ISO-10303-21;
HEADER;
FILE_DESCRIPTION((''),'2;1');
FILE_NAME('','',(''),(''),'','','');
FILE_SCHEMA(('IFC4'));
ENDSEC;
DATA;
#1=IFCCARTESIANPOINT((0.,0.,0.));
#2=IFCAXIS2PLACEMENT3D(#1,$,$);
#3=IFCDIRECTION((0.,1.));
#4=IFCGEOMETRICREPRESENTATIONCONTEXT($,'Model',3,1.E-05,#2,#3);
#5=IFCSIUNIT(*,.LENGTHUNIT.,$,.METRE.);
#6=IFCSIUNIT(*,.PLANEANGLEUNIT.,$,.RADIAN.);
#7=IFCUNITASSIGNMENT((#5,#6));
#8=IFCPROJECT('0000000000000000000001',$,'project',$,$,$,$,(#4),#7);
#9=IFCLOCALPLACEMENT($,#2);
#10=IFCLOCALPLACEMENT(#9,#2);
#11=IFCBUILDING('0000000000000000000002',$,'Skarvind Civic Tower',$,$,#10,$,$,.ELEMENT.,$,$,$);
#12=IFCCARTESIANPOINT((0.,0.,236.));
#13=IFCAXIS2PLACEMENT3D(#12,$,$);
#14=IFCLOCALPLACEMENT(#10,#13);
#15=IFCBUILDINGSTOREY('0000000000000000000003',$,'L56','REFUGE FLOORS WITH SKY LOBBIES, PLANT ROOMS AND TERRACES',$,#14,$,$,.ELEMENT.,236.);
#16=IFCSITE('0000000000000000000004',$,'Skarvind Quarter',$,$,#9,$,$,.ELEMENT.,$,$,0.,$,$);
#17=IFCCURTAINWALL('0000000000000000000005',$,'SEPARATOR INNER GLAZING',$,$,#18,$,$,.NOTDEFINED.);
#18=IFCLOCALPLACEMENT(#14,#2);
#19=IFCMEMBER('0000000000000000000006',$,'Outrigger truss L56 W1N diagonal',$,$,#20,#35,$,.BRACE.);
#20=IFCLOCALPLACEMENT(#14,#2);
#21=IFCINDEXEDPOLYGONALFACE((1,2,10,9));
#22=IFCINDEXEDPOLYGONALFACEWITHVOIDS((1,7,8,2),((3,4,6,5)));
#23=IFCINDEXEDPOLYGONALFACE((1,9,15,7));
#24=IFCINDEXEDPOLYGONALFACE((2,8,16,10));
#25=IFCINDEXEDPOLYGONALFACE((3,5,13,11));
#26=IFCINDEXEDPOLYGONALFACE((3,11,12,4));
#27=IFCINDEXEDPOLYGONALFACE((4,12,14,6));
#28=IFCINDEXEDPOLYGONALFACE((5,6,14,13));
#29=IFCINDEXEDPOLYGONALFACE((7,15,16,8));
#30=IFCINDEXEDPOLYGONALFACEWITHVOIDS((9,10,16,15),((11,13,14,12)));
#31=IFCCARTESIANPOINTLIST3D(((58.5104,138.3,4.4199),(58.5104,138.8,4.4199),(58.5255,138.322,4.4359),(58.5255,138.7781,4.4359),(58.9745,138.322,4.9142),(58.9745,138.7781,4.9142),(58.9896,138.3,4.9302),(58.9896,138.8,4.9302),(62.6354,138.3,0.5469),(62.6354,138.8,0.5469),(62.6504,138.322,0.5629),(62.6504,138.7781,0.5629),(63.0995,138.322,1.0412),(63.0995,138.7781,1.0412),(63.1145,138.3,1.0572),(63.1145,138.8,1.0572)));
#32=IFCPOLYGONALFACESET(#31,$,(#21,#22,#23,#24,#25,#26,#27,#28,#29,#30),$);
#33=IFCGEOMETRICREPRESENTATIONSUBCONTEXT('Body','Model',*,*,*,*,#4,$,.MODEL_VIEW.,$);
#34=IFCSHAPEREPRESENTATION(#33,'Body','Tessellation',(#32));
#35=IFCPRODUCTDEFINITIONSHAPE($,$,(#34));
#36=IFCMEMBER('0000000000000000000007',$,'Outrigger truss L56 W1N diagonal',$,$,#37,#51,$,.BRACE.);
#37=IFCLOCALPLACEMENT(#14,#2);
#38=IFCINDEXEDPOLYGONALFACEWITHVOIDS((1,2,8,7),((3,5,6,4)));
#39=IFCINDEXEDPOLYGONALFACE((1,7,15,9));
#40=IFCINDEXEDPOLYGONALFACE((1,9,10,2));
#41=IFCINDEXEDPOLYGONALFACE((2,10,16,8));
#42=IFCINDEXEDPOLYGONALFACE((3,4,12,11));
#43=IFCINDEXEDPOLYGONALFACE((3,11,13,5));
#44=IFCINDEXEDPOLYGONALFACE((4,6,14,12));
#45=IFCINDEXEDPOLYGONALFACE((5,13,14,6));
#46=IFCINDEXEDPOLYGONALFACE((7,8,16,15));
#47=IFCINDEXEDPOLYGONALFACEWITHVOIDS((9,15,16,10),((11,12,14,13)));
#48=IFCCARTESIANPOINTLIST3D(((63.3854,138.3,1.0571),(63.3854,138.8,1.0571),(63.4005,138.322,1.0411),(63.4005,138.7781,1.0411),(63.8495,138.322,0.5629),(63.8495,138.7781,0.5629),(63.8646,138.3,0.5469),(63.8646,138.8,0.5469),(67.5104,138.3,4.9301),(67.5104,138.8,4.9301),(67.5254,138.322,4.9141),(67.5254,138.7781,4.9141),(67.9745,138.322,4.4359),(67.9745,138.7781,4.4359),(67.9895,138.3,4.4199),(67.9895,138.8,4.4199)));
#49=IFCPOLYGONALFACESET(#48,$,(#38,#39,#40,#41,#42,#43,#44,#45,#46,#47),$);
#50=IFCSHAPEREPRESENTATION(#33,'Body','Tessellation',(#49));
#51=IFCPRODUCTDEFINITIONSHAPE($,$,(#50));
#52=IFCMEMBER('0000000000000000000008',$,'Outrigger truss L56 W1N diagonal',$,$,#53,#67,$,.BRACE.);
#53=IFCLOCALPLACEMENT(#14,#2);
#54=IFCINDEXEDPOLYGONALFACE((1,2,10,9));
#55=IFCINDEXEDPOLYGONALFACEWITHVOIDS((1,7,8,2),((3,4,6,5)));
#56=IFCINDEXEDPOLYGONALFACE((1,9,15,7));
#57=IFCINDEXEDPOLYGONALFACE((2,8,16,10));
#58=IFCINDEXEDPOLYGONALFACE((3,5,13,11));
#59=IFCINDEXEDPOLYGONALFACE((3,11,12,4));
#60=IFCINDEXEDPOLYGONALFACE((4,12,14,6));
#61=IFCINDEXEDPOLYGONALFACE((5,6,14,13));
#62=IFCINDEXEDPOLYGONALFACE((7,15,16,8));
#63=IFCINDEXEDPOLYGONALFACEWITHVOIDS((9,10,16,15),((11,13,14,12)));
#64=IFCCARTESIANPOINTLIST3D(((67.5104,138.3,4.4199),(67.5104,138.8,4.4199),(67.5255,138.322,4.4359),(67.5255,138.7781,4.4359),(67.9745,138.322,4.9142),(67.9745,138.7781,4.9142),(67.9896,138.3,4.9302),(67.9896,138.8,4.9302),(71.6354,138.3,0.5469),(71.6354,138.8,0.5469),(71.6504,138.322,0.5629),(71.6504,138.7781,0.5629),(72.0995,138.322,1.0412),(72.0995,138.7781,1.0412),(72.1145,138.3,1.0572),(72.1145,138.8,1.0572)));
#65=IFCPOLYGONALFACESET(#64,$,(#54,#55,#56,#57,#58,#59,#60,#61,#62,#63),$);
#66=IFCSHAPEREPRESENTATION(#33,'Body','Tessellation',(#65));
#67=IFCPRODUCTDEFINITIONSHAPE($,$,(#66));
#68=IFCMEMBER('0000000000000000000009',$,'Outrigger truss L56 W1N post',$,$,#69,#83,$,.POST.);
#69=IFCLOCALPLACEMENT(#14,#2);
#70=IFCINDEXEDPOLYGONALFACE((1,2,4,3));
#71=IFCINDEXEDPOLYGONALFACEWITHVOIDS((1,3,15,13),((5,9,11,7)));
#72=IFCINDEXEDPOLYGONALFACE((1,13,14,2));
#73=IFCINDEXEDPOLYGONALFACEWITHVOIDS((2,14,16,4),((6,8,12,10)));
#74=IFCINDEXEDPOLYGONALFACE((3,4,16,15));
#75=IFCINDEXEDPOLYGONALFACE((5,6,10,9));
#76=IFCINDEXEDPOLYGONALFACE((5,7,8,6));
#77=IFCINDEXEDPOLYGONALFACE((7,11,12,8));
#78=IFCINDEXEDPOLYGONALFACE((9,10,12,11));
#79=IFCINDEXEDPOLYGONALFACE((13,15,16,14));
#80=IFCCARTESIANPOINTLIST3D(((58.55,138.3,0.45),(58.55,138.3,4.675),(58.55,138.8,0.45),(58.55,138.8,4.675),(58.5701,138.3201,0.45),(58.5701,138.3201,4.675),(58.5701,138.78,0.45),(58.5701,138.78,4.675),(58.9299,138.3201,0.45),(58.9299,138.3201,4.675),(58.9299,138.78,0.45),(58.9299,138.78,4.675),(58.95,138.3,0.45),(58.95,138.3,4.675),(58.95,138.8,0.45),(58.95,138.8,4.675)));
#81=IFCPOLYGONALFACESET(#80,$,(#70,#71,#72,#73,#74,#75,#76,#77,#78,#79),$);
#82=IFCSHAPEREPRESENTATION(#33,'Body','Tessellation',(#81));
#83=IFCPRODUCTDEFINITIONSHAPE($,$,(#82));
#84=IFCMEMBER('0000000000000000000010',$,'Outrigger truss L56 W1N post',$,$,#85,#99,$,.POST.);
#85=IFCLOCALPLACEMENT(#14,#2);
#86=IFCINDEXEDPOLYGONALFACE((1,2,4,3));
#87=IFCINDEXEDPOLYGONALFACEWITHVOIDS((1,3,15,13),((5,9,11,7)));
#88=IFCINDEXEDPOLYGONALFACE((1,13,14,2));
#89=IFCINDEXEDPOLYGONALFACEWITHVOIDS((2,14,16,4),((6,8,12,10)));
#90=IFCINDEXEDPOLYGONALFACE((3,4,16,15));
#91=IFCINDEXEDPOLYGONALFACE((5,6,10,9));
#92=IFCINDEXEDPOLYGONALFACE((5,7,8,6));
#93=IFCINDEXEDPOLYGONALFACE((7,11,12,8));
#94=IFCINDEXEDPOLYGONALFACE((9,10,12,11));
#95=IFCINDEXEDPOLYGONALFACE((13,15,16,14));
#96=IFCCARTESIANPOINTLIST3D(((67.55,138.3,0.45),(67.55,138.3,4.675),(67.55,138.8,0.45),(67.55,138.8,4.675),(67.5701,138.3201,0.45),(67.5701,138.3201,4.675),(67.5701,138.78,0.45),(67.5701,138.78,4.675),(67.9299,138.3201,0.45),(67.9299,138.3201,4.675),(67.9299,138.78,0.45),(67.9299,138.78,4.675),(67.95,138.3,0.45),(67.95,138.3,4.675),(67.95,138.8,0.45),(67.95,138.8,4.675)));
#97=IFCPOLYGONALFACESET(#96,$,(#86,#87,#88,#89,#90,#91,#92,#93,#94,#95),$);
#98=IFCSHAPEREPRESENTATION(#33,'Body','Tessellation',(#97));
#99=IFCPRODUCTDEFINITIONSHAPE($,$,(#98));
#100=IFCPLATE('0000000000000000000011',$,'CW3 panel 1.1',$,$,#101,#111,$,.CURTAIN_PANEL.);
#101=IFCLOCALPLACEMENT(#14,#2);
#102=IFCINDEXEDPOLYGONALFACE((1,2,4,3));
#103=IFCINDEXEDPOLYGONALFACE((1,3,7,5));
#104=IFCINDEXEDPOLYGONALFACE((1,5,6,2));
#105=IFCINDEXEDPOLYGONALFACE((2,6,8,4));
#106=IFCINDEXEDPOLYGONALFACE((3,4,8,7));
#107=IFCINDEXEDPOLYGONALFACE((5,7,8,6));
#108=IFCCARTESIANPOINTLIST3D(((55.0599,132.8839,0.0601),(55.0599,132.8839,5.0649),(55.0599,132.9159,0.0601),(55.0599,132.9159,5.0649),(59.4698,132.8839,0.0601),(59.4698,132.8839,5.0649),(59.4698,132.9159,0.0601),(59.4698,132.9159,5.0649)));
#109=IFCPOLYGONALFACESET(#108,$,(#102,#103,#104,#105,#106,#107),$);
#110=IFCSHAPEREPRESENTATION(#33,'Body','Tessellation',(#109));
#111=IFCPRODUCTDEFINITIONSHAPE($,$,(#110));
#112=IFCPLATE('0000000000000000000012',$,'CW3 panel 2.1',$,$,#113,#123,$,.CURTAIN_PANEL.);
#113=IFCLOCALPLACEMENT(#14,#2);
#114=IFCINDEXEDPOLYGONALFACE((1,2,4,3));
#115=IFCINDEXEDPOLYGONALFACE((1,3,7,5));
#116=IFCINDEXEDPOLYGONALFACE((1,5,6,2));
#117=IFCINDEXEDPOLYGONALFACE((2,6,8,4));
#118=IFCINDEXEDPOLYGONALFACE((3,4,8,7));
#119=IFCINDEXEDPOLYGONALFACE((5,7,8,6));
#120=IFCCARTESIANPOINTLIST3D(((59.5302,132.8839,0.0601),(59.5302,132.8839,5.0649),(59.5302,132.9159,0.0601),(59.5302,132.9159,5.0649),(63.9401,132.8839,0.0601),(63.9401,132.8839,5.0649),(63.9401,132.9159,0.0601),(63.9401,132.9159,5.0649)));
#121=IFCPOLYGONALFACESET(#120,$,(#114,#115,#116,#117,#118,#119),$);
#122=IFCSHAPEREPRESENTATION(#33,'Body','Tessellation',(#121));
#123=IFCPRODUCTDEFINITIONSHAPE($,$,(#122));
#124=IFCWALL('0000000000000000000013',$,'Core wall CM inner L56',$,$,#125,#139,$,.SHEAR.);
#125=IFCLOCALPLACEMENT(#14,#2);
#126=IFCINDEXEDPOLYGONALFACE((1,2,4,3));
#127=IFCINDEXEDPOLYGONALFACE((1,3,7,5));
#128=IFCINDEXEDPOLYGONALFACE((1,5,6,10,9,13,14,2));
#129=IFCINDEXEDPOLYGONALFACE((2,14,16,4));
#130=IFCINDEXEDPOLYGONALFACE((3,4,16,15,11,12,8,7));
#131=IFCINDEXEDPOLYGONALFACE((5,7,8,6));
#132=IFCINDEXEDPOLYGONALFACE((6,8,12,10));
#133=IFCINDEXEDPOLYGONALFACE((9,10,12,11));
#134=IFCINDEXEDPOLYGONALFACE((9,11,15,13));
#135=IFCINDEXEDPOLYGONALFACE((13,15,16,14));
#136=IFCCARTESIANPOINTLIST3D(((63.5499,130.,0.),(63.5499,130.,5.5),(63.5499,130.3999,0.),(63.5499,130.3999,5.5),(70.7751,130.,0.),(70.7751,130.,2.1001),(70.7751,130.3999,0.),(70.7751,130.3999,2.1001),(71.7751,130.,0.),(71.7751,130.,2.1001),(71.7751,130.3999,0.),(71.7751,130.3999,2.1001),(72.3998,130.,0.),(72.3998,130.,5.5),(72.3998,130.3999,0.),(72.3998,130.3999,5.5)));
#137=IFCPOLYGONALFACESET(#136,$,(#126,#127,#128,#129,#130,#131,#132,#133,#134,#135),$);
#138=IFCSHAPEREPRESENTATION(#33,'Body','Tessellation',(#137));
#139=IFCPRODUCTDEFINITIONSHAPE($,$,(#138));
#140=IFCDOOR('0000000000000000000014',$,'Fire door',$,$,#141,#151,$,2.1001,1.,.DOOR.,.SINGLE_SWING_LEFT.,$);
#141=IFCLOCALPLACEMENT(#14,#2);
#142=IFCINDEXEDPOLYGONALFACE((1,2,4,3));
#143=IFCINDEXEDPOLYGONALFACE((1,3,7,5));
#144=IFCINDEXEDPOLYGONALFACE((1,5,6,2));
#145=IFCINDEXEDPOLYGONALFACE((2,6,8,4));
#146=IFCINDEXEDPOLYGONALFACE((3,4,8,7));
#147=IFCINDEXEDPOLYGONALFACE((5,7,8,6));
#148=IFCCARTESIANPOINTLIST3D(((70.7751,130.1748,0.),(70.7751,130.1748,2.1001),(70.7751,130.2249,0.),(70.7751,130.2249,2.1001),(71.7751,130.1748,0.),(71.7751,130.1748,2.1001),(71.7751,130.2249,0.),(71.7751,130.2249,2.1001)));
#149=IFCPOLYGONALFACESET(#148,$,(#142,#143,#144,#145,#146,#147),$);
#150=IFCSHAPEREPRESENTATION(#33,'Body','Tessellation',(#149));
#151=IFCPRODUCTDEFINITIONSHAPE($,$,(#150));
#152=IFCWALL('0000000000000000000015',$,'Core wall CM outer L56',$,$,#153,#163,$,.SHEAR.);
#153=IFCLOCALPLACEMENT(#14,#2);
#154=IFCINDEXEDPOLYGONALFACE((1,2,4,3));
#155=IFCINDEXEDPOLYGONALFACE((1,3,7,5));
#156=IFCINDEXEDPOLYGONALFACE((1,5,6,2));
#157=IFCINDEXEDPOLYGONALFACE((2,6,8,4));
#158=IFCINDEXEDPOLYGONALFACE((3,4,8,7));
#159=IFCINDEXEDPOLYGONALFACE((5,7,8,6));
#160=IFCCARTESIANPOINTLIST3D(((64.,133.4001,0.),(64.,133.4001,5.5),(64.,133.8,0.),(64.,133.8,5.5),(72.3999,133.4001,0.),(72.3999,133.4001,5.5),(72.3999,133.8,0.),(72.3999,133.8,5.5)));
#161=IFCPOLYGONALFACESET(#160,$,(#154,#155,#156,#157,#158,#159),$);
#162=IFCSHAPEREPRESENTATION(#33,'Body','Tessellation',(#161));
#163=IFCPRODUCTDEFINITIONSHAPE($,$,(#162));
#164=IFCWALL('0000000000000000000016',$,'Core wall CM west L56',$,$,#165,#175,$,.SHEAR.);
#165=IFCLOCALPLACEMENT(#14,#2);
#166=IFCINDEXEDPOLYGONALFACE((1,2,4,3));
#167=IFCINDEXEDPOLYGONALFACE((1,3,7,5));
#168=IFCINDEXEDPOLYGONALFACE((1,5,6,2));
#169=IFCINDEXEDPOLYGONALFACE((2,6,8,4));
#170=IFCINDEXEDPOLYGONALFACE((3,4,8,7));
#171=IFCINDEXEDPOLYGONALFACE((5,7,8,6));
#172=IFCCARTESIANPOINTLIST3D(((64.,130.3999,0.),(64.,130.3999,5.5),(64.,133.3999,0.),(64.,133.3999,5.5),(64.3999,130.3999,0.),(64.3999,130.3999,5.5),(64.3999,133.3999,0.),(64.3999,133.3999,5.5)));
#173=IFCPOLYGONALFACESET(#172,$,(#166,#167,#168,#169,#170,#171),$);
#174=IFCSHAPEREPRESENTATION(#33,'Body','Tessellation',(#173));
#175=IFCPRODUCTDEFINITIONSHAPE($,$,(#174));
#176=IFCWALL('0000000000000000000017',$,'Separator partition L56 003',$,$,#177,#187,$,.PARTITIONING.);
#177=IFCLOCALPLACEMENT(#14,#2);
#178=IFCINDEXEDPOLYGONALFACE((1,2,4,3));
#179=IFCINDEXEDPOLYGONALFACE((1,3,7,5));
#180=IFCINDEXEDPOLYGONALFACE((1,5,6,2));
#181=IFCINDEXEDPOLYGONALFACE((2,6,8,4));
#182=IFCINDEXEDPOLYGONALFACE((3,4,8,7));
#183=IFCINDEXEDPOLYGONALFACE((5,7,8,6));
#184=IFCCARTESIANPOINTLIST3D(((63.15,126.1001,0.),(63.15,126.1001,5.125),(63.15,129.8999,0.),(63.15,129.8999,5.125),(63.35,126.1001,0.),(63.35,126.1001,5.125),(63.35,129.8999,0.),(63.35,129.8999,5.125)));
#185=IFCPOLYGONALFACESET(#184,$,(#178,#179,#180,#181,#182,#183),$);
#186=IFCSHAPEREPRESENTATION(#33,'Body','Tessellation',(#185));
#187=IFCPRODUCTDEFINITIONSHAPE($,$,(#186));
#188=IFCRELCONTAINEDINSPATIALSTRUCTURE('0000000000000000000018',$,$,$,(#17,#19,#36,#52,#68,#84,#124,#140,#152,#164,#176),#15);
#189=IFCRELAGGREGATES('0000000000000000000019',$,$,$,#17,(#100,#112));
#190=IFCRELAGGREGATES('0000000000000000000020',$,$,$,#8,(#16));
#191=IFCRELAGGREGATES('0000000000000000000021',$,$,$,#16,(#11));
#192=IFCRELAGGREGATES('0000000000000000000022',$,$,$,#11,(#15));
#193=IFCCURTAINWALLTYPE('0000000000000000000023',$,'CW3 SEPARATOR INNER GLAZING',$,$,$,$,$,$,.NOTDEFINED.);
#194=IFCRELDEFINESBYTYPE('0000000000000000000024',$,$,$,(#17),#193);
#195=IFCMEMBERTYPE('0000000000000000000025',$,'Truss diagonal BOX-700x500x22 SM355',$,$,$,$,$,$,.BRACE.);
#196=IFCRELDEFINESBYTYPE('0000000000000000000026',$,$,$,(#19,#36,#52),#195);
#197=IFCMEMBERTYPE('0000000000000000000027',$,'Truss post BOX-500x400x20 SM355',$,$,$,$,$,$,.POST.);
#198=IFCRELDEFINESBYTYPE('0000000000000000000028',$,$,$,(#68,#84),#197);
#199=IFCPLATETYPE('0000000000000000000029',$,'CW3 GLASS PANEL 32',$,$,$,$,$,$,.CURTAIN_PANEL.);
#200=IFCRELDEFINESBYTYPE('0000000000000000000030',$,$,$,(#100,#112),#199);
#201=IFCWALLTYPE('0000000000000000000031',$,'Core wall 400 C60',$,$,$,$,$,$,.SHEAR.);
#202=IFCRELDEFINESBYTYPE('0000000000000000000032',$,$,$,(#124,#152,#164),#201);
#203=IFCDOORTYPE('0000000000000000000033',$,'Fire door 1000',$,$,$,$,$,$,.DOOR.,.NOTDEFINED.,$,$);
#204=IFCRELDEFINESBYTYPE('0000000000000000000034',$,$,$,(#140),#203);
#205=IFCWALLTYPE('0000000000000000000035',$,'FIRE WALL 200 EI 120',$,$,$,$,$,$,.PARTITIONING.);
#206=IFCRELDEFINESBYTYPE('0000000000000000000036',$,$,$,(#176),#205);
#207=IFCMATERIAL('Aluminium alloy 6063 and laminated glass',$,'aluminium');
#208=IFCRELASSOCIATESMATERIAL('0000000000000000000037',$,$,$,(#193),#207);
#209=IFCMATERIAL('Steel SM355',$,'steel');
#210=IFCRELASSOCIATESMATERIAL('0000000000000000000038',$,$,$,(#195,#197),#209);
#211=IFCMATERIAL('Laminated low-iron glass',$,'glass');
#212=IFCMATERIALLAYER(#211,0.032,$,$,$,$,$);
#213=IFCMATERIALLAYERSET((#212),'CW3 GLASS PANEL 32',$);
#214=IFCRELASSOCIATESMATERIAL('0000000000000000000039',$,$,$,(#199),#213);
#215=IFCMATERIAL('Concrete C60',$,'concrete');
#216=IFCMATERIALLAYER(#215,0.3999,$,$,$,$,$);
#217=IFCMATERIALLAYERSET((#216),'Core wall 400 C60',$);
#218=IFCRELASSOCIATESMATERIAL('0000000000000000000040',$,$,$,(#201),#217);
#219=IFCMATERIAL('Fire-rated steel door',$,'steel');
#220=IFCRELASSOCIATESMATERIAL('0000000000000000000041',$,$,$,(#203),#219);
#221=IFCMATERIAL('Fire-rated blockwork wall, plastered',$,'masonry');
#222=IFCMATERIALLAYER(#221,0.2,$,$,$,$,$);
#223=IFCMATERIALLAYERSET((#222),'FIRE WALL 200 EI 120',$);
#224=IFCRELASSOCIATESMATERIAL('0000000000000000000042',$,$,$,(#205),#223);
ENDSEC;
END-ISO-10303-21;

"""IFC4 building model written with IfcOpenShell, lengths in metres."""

from ifc_helpers import new_model, si_unit, direction, frame, frame_2d, origin, origin_2d, place, context, subcontext, project, spatial, rectangle, hollow_rectangle, extrude, material, layer, layer_set, material_profile, profile_set, type_object, element, fill, aggregate, save


model = new_model("IFC4")

# Units and contexts
model_context = context("Model", 3, precision=1e-05, world=origin(), true_north=direction((0.0, 1.0)))
body_context = subcontext(model_context, "Body", "Model", "MODEL_VIEW")
ifc_project = project(units=[si_unit("LENGTHUNIT", "METRE"), si_unit("PLANEANGLEUNIT", "RADIAN")], contexts=[model_context])

# Site, building, storey
site_placement = place(None, origin())
site = spatial("IfcSite", under=ifc_project, at=site_placement, Name="Skarvind Quarter", CompositionType="ELEMENT", RefElevation=0.0)
building_placement = place(site_placement, origin())
building = spatial("IfcBuilding", under=site, at=building_placement, Name="Skarvind Civic Tower", CompositionType="ELEMENT")
storey_placement = place(building_placement, frame((0.0, 0.0, 236.0)))
storey = spatial("IfcBuildingStorey", under=building, at=storey_placement, Name="L56", Description="REFUGE FLOORS WITH SKY LOBBIES, PLANT ROOMS AND TERRACES", CompositionType="ELEMENT", Elevation=236.0)

# Shared definitions
ifc_material_1 = material(Name="Concrete C60", Category="concrete")

# Curtain wall
ifc_material_2 = material(Name="Aluminium alloy 6063 and laminated glass", Category="aluminium")
curtain_wall_type = type_object("IfcCurtainWallType", Name="CW3 SEPARATOR INNER GLAZING", PredefinedType="NOTDEFINED", material=ifc_material_2)
curtain_wall_placement = place(storey_placement, origin())
curtain_wall = element("IfcCurtainWall", 1, at=curtain_wall_placement, inside=storey, type_object=curtain_wall_type, Name="SEPARATOR INNER GLAZING", PredefinedType="NOTDEFINED")

# Members
ifc_material_3 = material(Name="Steel SM355", Category="steel")
ifc_material_profile_1 = material_profile(ifc_material_3, hollow_rectangle(XDim=0.5, YDim=0.7, WallThickness=0.022, at=origin_2d()), Name="BOX-700x500x22")
ifc_profile_set_1 = profile_set([ifc_material_profile_1], Name="Steel SM355")
member_type_1 = type_object("IfcMemberType", Name="Truss diagonal BOX-700x500x22 SM355", PredefinedType="BRACE", material=ifc_profile_set_1)
for number, where, z_axis, x_axis, name in (
    (2, (58.75, 138.55, 4.675), (0.72902, 0.0, -0.684492), (0.0, 1.0, 0.0), "Outrigger truss L56 W1N diagonal"),
    (3, (63.625, 138.55, 0.802), (0.72902, 0.0, 0.684492), (0.0, 1.0, 0.0), "Outrigger truss L56 W1N diagonal"),
    (4, (67.75, 138.55, 4.675), (0.72902, 0.0, -0.684492), (0.0, 1.0, 0.0), "Outrigger truss L56 W1N diagonal"),
):
    element("IfcMember", number, at=place(storey_placement, frame(where, z_axis=z_axis, x_axis=x_axis)), inside=storey, type_object=member_type_1, Name=name, PredefinedType="BRACE", context=body_context, shape_type="SweptSolid", body=[
        extrude(hollow_rectangle(XDim=0.5, YDim=0.7, WallThickness=0.022, at=origin_2d()), origin(), (0.0, 0.0, 1.0), 5.6582),
    ])
ifc_material_profile_2 = material_profile(ifc_material_3, hollow_rectangle(XDim=0.3999, YDim=0.5, WallThickness=0.02, at=origin_2d()), Name="BOX-500x400x20")
ifc_profile_set_2 = profile_set([ifc_material_profile_2], Name="Steel SM355")
member_type_2 = type_object("IfcMemberType", Name="Truss post BOX-500x400x20 SM355", PredefinedType="POST", material=ifc_profile_set_2)
for number, where, z_axis, x_axis, name in (
    (5, (58.75, 138.55, 0.45), (0.0, 0.0, 1.0), (1.0, 0.0, 0.0), "Outrigger truss L56 W1N post"),
    (6, (67.75, 138.55, 0.45), (0.0, 0.0, 1.0), (1.0, 0.0, 0.0), "Outrigger truss L56 W1N post"),
):
    element("IfcMember", number, at=place(storey_placement, frame(where, z_axis=z_axis, x_axis=x_axis)), inside=storey, type_object=member_type_2, Name=name, PredefinedType="POST", context=body_context, shape_type="SweptSolid", body=[
        extrude(hollow_rectangle(XDim=0.3999, YDim=0.5, WallThickness=0.02, at=origin_2d()), origin(), (0.0, 0.0, 1.0), 4.2251),
    ])

# Plates
ifc_material_4 = material(Name="Laminated low-iron glass", Category="glass")
ifc_layer_1 = layer(ifc_material_4, 0.032)
ifc_layer_set_1 = layer_set([ifc_layer_1], Name="CW3 GLASS PANEL 32")
plate_type = type_object("IfcPlateType", Name="CW3 GLASS PANEL 32", PredefinedType="CURTAIN_PANEL", material=ifc_layer_set_1)
plate_1_placement = place(storey_placement, frame((57.2649, 132.8999, 0.0601), z_axis=(0.0, 0.0, 1.0), x_axis=(1.0, 0.0, 0.0)))
plate_1 = element("IfcPlate", 7, at=plate_1_placement, type_object=plate_type, Name="CW3 panel 1.1", PredefinedType="CURTAIN_PANEL", context=body_context, shape_type="SweptSolid", body=[
    extrude(rectangle(XDim=4.4099, YDim=0.032, at=origin_2d()), origin(), (0.0, 0.0, 1.0), 5.0049),
])
plate_2_placement = place(storey_placement, frame((61.7351, 132.8999, 0.0601), z_axis=(0.0, 0.0, 1.0), x_axis=(1.0, 0.0, 0.0)))
plate_2 = element("IfcPlate", 8, at=plate_2_placement, type_object=plate_type, Name="CW3 panel 2.1", PredefinedType="CURTAIN_PANEL", context=body_context, shape_type="SweptSolid", body=[
    extrude(rectangle(XDim=4.4099, YDim=0.032, at=origin_2d()), origin(), (0.0, 0.0, 1.0), 5.0049),
])
aggregate(curtain_wall, [plate_1, plate_2])

# Wall, opening, door
ifc_layer_2 = layer(ifc_material_1, 0.3999)
ifc_layer_set_2 = layer_set([ifc_layer_2], Name="Core wall 400 C60")
wall_type_1 = type_object("IfcWallType", Name="Core wall 400 C60", PredefinedType="SHEAR", material=ifc_layer_set_2)
wall_1_placement = place(storey_placement, frame((63.55, 130.2, 0.0), z_axis=(0.0, 0.0, 1.0), x_axis=(1.0, 0.0, 0.0)))
wall_1 = element("IfcWall", 9, at=wall_1_placement, inside=storey, type_object=wall_type_1, Name="Core wall CM inner L56", PredefinedType="SHEAR", context=body_context, shape_type="SweptSolid", body=[
    extrude(rectangle(XDim=8.8499, YDim=0.3999, at=frame_2d((4.4248, 0.0))), origin(), (0.0, 0.0, 1.0), 5.5),
])
opening_1_placement = place(wall_1_placement, frame((7.2251, 0.0, 0.0)))
opening_1 = element("IfcOpeningElement", 10, at=opening_1_placement, cuts=wall_1, PredefinedType="OPENING", context=body_context, shape_type="SweptSolid", body=[
    extrude(rectangle(XDim=1.0, YDim=2.1001, at=frame_2d((0.5, 1.05))), frame((0.0, 0.21, 0.0), z_axis=(0.0, -1.0, 0.0), x_axis=(1.0, 0.0, 0.0)), (0.0, 0.0, 1.0), 0.4199),
])
ifc_material_5 = material(Name="Fire-rated steel door", Category="steel")
door_type_1 = type_object("IfcDoorType", Name="Fire door 1000", OperationType="NOTDEFINED", PredefinedType="DOOR", material=ifc_material_5)
door_1_placement = place(opening_1_placement, origin())
door_1 = element("IfcDoor", 11, at=door_1_placement, inside=storey, type_object=door_type_1, Name="Fire door", OperationType="SINGLE_SWING_LEFT", OverallHeight=2.1001, OverallWidth=1.0, PredefinedType="DOOR", context=body_context, shape_type="SweptSolid", body=[
    extrude(rectangle(XDim=1.0, YDim=2.1001, at=frame_2d((0.5, 1.05))), frame((0.0, 0.0249, 0.0), z_axis=(0.0, -1.0, 0.0), x_axis=(1.0, 0.0, 0.0)), (0.0, 0.0, 1.0), 0.05),
])
fill(opening_1, door_1)

# Walls
wall_2_placement = place(storey_placement, frame((64.0, 133.6001, 0.0), z_axis=(0.0, 0.0, 1.0), x_axis=(1.0, 0.0, 0.0)))
element("IfcWall", 12, at=wall_2_placement, inside=storey, type_object=wall_type_1, Name="Core wall CM outer L56", PredefinedType="SHEAR", context=body_context, shape_type="SweptSolid", body=[
    extrude(rectangle(XDim=8.3999, YDim=0.3999, at=frame_2d((4.2, 0.0))), origin(), (0.0, 0.0, 1.0), 5.5),
])
wall_3_placement = place(storey_placement, frame((64.2, 130.3999, 0.0), z_axis=(0.0, 0.0, 1.0), x_axis=(0.0, 1.0, 0.0)))
element("IfcWall", 13, at=wall_3_placement, inside=storey, type_object=wall_type_1, Name="Core wall CM west L56", PredefinedType="SHEAR", context=body_context, shape_type="SweptSolid", body=[
    extrude(rectangle(XDim=3.0, YDim=0.3999, at=frame_2d((1.5, 0.0))), origin(), (0.0, 0.0, 1.0), 5.5),
])
ifc_material_6 = material(Name="Fire-rated blockwork wall, plastered", Category="masonry")
ifc_layer_3 = layer(ifc_material_6, 0.2)
ifc_layer_set_3 = layer_set([ifc_layer_3], Name="FIRE WALL 200 EI 120")
wall_type_2 = type_object("IfcWallType", Name="FIRE WALL 200 EI 120", PredefinedType="PARTITIONING", material=ifc_layer_set_3)
wall_4_placement = place(storey_placement, frame((63.25, 126.1001, 0.0), z_axis=(0.0, 0.0, 1.0), x_axis=(0.0, 1.0, 0.0)))
element("IfcWall", 14, at=wall_4_placement, inside=storey, type_object=wall_type_2, Name="Separator partition L56 003", PredefinedType="PARTITIONING", context=body_context, shape_type="SweptSolid", body=[
    extrude(rectangle(XDim=3.7998, YDim=0.2, at=frame_2d((1.8999, 0.0))), origin(), (0.0, 0.0, 1.0), 5.125),
])

save(model, "model.ifc")
